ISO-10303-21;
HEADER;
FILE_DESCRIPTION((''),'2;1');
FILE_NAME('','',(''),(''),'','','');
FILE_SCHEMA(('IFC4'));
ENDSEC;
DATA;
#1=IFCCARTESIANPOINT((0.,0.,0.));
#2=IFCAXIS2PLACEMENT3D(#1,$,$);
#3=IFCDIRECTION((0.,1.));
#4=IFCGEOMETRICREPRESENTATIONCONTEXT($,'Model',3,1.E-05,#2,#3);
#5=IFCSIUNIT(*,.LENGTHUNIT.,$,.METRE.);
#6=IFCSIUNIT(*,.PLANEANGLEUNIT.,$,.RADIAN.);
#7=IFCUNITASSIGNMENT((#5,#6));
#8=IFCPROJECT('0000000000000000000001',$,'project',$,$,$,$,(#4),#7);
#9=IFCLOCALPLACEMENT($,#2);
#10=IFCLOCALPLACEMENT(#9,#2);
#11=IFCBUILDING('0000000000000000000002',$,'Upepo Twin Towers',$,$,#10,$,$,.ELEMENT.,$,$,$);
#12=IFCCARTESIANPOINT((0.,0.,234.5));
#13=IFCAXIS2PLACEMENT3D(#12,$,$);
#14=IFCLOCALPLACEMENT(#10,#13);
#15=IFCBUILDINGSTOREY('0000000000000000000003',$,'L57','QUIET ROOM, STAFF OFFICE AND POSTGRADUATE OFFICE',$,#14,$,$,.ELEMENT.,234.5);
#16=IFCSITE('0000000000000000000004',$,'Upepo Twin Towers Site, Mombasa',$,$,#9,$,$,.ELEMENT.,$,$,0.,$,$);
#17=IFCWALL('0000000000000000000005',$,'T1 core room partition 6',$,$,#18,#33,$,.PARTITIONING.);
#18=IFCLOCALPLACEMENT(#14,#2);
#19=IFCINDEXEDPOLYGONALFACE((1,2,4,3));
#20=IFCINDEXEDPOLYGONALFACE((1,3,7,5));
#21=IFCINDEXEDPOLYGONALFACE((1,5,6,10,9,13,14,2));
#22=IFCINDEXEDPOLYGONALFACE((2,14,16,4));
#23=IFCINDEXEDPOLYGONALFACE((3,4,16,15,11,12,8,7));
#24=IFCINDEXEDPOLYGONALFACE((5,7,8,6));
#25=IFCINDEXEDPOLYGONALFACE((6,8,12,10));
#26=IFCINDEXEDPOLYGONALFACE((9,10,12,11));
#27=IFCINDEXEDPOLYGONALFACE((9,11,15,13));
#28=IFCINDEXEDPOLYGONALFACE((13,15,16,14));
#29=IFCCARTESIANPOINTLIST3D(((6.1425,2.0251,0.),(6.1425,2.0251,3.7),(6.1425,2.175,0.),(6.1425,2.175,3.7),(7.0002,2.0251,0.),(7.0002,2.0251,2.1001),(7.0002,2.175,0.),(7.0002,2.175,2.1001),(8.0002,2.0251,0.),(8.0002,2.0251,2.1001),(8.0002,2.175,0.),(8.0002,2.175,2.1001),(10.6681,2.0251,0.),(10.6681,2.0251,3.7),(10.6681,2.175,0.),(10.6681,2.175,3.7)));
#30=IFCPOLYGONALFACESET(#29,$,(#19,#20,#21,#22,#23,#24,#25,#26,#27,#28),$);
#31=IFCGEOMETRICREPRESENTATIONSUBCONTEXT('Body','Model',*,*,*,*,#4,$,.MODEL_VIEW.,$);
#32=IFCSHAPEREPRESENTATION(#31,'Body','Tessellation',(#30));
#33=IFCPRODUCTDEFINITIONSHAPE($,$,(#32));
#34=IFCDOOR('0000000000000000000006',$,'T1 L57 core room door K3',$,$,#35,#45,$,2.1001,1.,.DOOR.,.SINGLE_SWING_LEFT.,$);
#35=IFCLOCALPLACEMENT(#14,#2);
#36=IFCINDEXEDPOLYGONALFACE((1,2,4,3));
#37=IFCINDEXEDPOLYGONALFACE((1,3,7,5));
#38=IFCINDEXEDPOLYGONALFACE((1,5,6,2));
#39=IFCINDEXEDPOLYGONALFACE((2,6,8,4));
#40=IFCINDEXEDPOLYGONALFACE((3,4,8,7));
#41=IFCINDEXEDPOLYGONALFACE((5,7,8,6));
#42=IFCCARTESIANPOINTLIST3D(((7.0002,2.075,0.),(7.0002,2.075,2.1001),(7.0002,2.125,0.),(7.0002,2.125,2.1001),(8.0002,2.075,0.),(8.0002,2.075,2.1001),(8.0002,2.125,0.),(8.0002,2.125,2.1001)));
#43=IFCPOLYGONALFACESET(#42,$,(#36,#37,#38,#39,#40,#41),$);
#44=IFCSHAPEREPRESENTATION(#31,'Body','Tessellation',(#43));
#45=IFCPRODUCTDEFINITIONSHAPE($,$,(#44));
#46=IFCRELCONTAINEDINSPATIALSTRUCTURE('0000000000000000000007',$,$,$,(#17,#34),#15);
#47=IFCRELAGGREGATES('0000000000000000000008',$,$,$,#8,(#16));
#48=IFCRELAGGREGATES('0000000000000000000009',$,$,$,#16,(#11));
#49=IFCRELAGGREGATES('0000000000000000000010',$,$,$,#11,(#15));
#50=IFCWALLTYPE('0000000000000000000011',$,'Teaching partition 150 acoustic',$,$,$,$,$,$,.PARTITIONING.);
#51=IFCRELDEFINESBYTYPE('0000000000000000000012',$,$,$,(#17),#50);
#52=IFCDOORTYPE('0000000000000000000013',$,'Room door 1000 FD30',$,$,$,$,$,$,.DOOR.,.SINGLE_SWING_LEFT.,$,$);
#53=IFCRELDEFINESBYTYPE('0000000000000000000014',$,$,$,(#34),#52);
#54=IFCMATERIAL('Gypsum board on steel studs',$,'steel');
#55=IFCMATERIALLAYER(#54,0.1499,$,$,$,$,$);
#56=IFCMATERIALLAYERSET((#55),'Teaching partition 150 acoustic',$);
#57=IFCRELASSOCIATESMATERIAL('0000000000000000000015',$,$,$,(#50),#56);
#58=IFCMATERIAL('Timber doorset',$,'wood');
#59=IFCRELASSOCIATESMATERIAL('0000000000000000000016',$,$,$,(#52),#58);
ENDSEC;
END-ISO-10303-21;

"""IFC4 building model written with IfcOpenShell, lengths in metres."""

from ifc_helpers import new_model, si_unit, direction, frame, frame_2d, origin, place, context, subcontext, project, spatial, rectangle, extrude, material, layer, layer_set, type_object, element, fill, save


model = new_model("IFC4")

# Units and contexts
model_context = context("Model", 3, precision=1e-05, world=origin(), true_north=direction((0.0, 1.0)))
body_context = subcontext(model_context, "Body", "Model", "MODEL_VIEW")
ifc_project = project(units=[si_unit("LENGTHUNIT", "METRE"), si_unit("PLANEANGLEUNIT", "RADIAN")], contexts=[model_context])

# Site, building, storey
site_placement = place(None, origin())
site = spatial("IfcSite", under=ifc_project, at=site_placement, Name="Upepo Twin Towers Site, Mombasa", CompositionType="ELEMENT", RefElevation=0.0)
building_placement = place(site_placement, origin())
building = spatial("IfcBuilding", under=site, at=building_placement, Name="Upepo Twin Towers", CompositionType="ELEMENT")
storey_placement = place(building_placement, frame((0.0, 0.0, 234.5)))
storey = spatial("IfcBuildingStorey", under=building, at=storey_placement, Name="L57", Description="QUIET ROOM, STAFF OFFICE AND POSTGRADUATE OFFICE", CompositionType="ELEMENT", Elevation=234.5)

# Wall, opening, door
ifc_material_1 = material(Name="Gypsum board on steel studs", Category="steel")
ifc_layer_1 = layer(ifc_material_1, 0.1499)
ifc_layer_set_1 = layer_set([ifc_layer_1], Name="Teaching partition 150 acoustic")
wall_type_1 = type_object("IfcWallType", Name="Teaching partition 150 acoustic", PredefinedType="PARTITIONING", material=ifc_layer_set_1)
wall_1_placement = place(storey_placement, frame((6.1426, 2.1001, 0.0), z_axis=(0.0, 0.0, 1.0), x_axis=(1.0, 0.0, 0.0)))
wall_1 = element("IfcWall", 1, at=wall_1_placement, inside=storey, type_object=wall_type_1, Name="T1 core room partition 6", PredefinedType="PARTITIONING", context=body_context, shape_type="SweptSolid", body=[
    extrude(rectangle(XDim=4.5256, YDim=0.1499, at=frame_2d((2.2627, 0.0))), origin(), (0.0, 0.0, 1.0), 3.7),
])
opening_1_placement = place(wall_1_placement, frame((0.8577, 0.0, 0.0)))
opening_1 = element("IfcOpeningElement", 2, at=opening_1_placement, cuts=wall_1, PredefinedType="OPENING", context=body_context, shape_type="SweptSolid", body=[
    extrude(rectangle(XDim=1.0, YDim=2.1001, at=frame_2d((0.5, 1.05))), frame((0.0, 0.085, 0.0), z_axis=(0.0, -1.0, 0.0), x_axis=(1.0, 0.0, 0.0)), (0.0, 0.0, 1.0), 0.1699),
])
ifc_material_2 = material(Name="Timber doorset", Category="wood")
door_type_1 = type_object("IfcDoorType", Name="Room door 1000 FD30", OperationType="SINGLE_SWING_LEFT", PredefinedType="DOOR", material=ifc_material_2)
door_1_placement = place(opening_1_placement, origin())
door_1 = element("IfcDoor", 3, at=door_1_placement, inside=storey, type_object=door_type_1, Name="T1 L57 core room door K3", OperationType="SINGLE_SWING_LEFT", OverallHeight=2.1001, OverallWidth=1.0, PredefinedType="DOOR", context=body_context, shape_type="SweptSolid", body=[
    extrude(rectangle(XDim=1.0, YDim=2.1001, at=frame_2d((0.5, 1.05))), frame((0.0, 0.0249, 0.0), z_axis=(0.0, -1.0, 0.0), x_axis=(1.0, 0.0, 0.0)), (0.0, 0.0, 1.0), 0.05),
])
fill(opening_1, door_1)

save(model, "model.ifc")
